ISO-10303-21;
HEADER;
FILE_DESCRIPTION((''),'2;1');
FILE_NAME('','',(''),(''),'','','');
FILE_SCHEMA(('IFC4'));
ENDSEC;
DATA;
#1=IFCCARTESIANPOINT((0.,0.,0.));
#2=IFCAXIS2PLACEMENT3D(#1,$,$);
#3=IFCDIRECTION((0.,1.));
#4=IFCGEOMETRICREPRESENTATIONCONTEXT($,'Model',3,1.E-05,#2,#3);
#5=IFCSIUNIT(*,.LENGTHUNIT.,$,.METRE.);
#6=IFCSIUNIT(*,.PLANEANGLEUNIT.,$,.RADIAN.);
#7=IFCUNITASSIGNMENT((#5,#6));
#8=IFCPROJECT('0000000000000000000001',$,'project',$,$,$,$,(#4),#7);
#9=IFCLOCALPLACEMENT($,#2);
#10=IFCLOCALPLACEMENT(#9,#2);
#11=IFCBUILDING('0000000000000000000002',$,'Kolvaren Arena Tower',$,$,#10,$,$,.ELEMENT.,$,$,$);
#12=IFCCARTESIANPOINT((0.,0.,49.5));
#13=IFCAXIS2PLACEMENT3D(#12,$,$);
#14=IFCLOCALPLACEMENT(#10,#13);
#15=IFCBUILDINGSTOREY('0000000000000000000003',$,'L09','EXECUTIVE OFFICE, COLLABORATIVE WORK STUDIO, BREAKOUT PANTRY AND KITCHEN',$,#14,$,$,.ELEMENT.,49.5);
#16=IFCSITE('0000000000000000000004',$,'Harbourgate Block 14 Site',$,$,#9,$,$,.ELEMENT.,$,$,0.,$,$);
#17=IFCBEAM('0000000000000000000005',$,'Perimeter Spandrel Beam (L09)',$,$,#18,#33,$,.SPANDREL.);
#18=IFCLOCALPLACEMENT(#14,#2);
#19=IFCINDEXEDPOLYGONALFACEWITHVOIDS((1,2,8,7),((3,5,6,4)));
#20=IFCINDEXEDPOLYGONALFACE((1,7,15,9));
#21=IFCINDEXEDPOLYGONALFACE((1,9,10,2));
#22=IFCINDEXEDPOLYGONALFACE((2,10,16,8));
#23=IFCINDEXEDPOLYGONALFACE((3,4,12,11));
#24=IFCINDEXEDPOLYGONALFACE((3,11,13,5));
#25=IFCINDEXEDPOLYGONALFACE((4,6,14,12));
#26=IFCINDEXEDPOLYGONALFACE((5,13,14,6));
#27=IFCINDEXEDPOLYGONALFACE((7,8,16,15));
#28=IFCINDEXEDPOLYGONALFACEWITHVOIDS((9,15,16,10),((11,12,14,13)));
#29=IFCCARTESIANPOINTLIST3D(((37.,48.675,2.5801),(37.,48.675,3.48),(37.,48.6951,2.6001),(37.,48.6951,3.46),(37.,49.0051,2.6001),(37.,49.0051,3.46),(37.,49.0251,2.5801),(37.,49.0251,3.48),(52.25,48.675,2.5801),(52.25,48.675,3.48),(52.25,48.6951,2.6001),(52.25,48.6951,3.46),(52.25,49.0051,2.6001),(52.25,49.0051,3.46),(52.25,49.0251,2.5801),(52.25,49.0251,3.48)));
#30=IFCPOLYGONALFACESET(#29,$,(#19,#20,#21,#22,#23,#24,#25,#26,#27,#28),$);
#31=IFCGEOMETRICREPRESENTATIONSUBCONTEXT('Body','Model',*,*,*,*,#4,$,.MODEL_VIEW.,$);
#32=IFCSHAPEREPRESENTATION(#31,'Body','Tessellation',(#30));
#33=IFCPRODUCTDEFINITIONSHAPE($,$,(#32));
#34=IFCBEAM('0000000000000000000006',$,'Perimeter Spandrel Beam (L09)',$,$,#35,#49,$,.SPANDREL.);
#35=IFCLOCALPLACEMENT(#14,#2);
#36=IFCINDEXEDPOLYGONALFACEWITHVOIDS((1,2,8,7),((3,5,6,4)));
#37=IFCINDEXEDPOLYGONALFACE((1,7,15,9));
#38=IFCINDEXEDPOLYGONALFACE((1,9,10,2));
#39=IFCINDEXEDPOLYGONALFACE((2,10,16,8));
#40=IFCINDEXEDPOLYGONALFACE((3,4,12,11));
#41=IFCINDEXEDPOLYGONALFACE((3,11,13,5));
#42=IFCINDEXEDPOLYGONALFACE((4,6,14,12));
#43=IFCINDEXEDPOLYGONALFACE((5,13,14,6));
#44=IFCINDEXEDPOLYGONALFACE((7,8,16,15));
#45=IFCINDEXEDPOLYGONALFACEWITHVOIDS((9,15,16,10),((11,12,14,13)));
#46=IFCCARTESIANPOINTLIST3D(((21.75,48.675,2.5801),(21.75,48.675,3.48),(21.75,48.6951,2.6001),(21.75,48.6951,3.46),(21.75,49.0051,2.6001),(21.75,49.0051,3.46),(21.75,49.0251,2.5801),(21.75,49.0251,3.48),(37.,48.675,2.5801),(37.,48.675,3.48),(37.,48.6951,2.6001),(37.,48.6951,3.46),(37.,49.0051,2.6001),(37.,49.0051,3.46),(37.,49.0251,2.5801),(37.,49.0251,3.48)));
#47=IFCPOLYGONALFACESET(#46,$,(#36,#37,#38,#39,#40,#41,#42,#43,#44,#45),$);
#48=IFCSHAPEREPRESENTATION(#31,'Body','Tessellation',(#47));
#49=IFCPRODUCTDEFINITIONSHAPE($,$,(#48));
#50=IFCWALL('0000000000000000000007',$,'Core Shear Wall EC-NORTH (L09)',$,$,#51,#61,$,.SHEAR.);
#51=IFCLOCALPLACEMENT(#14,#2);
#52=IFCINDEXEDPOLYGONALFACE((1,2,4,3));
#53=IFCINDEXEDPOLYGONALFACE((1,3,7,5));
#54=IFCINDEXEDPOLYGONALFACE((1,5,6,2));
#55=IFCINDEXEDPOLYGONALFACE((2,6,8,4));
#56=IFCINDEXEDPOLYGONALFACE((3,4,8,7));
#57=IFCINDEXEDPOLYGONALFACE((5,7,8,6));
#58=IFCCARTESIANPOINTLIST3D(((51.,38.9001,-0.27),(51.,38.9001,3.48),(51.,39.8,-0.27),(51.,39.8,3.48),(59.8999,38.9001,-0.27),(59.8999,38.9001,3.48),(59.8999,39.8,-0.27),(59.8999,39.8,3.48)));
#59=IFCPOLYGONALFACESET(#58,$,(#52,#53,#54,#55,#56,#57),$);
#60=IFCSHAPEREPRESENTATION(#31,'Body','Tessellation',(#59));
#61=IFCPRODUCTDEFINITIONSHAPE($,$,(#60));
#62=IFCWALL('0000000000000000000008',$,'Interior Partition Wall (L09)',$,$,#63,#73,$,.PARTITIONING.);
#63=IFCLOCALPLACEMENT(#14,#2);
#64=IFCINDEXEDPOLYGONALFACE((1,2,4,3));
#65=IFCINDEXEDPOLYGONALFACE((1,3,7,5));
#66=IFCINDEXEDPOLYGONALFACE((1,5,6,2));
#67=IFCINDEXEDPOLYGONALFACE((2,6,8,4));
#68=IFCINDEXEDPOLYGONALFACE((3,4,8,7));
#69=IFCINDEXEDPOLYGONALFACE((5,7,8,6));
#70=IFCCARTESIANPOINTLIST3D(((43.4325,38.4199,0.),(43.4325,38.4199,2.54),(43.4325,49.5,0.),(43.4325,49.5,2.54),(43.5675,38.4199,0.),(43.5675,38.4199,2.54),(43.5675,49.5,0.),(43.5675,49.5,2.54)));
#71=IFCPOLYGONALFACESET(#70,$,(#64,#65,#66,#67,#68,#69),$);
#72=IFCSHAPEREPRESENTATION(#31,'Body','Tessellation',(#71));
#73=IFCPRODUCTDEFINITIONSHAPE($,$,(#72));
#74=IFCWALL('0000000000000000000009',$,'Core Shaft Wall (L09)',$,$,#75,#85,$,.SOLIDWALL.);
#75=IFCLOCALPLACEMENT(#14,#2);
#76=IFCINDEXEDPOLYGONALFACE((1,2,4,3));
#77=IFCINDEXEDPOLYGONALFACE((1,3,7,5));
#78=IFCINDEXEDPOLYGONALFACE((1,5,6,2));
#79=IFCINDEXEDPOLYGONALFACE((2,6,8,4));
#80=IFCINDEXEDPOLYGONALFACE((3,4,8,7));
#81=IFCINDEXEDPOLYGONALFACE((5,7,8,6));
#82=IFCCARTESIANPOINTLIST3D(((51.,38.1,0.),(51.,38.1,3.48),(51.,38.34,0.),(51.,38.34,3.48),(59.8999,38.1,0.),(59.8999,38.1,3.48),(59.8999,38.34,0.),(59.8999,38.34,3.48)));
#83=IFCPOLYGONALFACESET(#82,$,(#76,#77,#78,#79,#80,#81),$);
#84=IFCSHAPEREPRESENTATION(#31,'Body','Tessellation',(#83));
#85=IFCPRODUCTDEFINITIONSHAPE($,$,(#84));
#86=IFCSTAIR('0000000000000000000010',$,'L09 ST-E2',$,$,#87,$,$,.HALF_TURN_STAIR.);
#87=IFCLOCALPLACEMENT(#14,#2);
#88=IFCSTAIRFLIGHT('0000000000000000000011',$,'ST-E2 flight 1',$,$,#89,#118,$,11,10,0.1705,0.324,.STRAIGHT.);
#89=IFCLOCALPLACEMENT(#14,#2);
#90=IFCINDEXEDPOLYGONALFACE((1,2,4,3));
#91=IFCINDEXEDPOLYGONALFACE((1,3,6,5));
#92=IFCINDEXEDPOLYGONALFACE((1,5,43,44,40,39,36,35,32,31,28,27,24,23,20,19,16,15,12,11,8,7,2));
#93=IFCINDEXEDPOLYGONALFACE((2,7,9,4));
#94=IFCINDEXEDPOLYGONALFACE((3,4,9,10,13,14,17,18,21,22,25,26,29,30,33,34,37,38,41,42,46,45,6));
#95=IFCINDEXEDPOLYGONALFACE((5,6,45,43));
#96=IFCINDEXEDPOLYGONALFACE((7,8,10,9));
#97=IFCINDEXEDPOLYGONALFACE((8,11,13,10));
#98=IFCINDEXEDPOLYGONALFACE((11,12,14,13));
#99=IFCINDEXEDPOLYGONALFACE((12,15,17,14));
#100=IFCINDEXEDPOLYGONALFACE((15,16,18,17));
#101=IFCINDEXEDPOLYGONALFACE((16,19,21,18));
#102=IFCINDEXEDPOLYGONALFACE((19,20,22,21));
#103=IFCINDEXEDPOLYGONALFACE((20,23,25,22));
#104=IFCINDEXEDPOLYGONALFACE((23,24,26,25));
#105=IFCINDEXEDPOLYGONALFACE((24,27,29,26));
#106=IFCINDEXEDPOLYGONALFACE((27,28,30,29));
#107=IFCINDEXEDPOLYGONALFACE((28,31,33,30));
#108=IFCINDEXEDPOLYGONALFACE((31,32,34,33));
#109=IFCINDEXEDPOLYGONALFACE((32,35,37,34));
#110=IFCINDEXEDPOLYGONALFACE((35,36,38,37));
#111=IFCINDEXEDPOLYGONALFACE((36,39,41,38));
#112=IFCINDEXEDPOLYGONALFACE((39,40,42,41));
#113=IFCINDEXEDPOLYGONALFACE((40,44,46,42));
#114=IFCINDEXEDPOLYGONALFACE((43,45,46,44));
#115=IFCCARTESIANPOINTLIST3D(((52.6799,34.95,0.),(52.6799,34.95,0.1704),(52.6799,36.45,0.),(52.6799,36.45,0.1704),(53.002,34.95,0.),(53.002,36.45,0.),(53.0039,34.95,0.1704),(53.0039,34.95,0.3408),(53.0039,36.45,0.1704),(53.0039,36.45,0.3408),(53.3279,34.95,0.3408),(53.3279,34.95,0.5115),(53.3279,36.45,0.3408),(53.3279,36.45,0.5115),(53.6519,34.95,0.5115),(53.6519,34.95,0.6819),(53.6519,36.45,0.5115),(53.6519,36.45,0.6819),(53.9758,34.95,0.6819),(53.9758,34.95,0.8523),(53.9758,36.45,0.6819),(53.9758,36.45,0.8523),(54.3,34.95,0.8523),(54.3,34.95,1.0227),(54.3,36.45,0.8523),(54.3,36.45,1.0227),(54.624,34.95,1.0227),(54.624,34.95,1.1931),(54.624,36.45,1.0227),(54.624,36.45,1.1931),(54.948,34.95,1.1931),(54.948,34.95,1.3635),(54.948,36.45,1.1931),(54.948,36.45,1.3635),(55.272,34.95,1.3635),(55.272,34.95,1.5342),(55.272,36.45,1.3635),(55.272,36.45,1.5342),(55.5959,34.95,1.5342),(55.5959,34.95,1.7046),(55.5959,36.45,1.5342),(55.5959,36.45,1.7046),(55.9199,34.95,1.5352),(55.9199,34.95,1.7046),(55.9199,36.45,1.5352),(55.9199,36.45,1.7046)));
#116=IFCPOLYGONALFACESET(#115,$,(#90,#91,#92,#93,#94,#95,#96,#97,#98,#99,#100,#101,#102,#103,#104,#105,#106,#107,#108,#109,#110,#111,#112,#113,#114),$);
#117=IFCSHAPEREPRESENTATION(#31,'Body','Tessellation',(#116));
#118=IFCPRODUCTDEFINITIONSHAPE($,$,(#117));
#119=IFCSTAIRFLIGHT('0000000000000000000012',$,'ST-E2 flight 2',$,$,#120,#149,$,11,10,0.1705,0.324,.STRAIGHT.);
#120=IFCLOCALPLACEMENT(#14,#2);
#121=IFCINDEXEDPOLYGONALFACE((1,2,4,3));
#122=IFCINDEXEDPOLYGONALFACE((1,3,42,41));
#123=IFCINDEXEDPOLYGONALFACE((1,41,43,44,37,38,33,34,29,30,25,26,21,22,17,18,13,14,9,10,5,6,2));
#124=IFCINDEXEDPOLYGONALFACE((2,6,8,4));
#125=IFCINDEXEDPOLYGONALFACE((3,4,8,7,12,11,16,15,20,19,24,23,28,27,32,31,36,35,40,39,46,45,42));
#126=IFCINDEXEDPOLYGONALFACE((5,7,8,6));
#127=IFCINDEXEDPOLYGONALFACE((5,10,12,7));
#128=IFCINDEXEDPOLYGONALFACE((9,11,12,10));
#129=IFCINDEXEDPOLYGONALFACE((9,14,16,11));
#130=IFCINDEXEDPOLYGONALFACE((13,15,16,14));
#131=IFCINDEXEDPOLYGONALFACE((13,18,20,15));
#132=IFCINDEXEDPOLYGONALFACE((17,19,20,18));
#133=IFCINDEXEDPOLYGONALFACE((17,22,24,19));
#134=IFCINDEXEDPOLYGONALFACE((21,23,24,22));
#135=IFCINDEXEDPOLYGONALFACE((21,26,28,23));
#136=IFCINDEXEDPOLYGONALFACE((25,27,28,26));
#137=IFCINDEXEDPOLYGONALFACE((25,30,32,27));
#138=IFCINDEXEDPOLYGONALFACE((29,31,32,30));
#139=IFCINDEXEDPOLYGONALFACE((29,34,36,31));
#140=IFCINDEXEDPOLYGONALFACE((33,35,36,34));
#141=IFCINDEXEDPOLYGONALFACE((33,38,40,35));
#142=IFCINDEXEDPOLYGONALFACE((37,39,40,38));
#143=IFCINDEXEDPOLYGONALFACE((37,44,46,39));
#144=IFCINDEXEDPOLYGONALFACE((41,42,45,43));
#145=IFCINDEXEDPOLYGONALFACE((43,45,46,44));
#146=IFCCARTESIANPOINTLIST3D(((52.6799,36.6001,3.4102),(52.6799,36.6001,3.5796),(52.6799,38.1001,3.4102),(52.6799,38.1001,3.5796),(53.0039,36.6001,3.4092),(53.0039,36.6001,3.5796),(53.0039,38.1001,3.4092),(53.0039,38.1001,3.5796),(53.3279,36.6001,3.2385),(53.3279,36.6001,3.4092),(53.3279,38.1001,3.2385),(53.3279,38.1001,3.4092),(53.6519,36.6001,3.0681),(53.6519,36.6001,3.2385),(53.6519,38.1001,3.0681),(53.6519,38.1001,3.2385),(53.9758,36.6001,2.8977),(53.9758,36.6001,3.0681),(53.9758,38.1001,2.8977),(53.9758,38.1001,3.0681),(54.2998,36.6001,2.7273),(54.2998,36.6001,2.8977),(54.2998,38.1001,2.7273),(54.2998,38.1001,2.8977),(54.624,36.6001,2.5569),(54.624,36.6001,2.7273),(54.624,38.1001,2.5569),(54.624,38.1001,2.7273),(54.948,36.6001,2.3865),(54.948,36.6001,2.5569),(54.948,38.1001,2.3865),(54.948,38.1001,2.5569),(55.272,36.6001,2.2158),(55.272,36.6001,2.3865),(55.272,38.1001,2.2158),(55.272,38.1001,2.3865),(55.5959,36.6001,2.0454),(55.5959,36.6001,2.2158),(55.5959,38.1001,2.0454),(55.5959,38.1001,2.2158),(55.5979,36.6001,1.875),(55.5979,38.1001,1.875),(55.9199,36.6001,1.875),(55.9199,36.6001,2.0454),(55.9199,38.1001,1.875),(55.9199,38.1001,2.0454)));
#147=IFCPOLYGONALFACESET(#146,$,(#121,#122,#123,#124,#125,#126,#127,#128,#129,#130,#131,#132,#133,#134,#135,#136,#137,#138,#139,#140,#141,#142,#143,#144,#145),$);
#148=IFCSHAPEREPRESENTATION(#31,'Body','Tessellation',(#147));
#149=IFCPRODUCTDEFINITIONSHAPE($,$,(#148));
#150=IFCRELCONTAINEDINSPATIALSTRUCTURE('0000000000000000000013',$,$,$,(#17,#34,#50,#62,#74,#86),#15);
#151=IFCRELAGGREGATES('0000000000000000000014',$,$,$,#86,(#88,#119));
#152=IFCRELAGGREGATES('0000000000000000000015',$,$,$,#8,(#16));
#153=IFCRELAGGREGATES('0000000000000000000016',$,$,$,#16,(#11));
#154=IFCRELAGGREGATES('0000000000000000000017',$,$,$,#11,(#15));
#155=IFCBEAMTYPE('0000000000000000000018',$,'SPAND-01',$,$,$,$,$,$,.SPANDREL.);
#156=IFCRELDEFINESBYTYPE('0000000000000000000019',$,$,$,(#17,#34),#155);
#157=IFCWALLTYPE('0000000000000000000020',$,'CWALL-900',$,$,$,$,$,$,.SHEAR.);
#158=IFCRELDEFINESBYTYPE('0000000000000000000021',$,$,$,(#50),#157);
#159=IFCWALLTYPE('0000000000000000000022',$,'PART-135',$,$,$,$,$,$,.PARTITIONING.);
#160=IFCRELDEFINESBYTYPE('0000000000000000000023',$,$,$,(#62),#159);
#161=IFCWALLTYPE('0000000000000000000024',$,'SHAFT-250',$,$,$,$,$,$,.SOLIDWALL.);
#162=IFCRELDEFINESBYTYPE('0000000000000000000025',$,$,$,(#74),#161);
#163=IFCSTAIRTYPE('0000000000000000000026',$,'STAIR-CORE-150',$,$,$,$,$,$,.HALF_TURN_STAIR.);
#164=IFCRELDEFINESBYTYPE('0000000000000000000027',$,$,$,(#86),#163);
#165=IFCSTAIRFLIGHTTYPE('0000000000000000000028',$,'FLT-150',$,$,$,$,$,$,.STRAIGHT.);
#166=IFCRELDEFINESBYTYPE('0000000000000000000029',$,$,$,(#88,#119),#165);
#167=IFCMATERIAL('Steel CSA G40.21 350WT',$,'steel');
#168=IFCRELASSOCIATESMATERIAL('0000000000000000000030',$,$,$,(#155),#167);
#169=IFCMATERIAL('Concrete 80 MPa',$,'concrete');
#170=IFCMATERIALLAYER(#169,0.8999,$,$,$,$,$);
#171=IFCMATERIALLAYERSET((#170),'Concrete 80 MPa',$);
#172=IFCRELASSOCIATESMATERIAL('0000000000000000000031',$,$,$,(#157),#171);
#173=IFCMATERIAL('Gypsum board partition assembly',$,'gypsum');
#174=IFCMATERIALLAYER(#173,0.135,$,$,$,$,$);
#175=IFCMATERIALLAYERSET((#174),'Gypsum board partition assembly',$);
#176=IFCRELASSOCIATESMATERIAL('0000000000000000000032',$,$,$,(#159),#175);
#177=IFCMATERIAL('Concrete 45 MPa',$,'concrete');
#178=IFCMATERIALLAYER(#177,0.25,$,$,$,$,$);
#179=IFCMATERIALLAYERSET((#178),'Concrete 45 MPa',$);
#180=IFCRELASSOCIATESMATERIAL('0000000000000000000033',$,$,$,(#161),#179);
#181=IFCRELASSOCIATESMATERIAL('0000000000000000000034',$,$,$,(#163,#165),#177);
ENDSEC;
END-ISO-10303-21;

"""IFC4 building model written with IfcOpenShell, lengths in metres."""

from ifc_helpers import new_model, si_unit, direction, frame, frame_2d, origin, origin_2d, place, context, subcontext, project, spatial, polyline, rectangle, hollow_rectangle, outline, extrude, material, layer, layer_set, material_profile, profile_set, type_object, element, aggregate, save


model = new_model("IFC4")

# Units and contexts
model_context = context("Model", 3, precision=1e-05, world=origin(), true_north=direction((0.0, 1.0)))
body_context = subcontext(model_context, "Body", "Model", "MODEL_VIEW")
ifc_project = project(units=[si_unit("LENGTHUNIT", "METRE"), si_unit("PLANEANGLEUNIT", "RADIAN")], contexts=[model_context])

# Site, building, storey
site_placement = place(None, origin())
site = spatial("IfcSite", under=ifc_project, at=site_placement, Name="Harbourgate Block 14 Site", CompositionType="ELEMENT", RefElevation=0.0)
building_placement = place(site_placement, origin())
building = spatial("IfcBuilding", under=site, at=building_placement, Name="Kolvaren Arena Tower", CompositionType="ELEMENT")
storey_placement = place(building_placement, frame((0.0, 0.0, 49.5)))
storey = spatial("IfcBuildingStorey", under=building, at=storey_placement, Name="L09", Description="EXECUTIVE OFFICE, COLLABORATIVE WORK STUDIO, BREAKOUT PANTRY AND KITCHEN", CompositionType="ELEMENT", Elevation=49.5)

# Beams
ifc_material_1 = material(Name="Steel CSA G40.21 350WT", Category="steel")
ifc_material_profile_1 = material_profile(ifc_material_1, hollow_rectangle(XDim=0.3501, YDim=0.8999, WallThickness=0.02, at=origin_2d()), Name="HSS 900x350x20")
ifc_profile_set_1 = profile_set([ifc_material_profile_1], Name="Steel CSA G40.21 350WT")
beam_type_1 = type_object("IfcBeamType", Name="SPAND-01", PredefinedType="SPANDREL", material=ifc_profile_set_1)
for number, where, z_axis, x_axis, name in (
    (1, (52.25, 48.8501, 3.03), (-1.0, 0.0, 0.0), (0.0, -1.0, 0.0), "Perimeter Spandrel Beam (L09)"),
    (2, (37.0, 48.8501, 3.03), (-1.0, 0.0, 0.0), (0.0, -1.0, 0.0), "Perimeter Spandrel Beam (L09)"),
):
    element("IfcBeam", number, at=place(storey_placement, frame(where, z_axis=z_axis, x_axis=x_axis)), inside=storey, type_object=beam_type_1, Name=name, PredefinedType="SPANDREL", context=body_context, shape_type="SweptSolid", body=[
        extrude(hollow_rectangle(XDim=0.3501, YDim=0.8999, WallThickness=0.02, at=origin_2d()), origin(), (0.0, 0.0, 1.0), 15.25),
    ])

# Walls
ifc_material_2 = material(Name="Concrete 80 MPa", Category="concrete")
ifc_layer_1 = layer(ifc_material_2, 0.8999)
ifc_layer_set_1 = layer_set([ifc_layer_1], Name="Concrete 80 MPa")
wall_type_1 = type_object("IfcWallType", Name="CWALL-900", PredefinedType="SHEAR", material=ifc_layer_set_1)
wall_1_placement = place(storey_placement, frame((51.0, 39.3501, -0.27), z_axis=(0.0, 0.0, 1.0), x_axis=(1.0, 0.0, 0.0)))
element("IfcWall", 3, at=wall_1_placement, inside=storey, type_object=wall_type_1, Name="Core Shear Wall EC-NORTH (L09)", PredefinedType="SHEAR", context=body_context, shape_type="SweptSolid", body=[
    extrude(rectangle(XDim=8.8999, YDim=0.8999, at=frame_2d((4.45, 0.0))), origin(), (0.0, 0.0, 1.0), 3.75),
])
ifc_material_3 = material(Name="Gypsum board partition assembly", Category="gypsum")
ifc_layer_2 = layer(ifc_material_3, 0.135)
ifc_layer_set_2 = layer_set([ifc_layer_2], Name="Gypsum board partition assembly")
wall_type_2 = type_object("IfcWallType", Name="PART-135", PredefinedType="PARTITIONING", material=ifc_layer_set_2)
wall_2_placement = place(storey_placement, frame((43.5, 38.4199, 0.0), z_axis=(0.0, 0.0, 1.0), x_axis=(0.0, 1.0, 0.0)))
element("IfcWall", 4, at=wall_2_placement, inside=storey, type_object=wall_type_2, Name="Interior Partition Wall (L09)", PredefinedType="PARTITIONING", context=body_context, shape_type="SweptSolid", body=[
    extrude(rectangle(XDim=11.0801, YDim=0.135, at=frame_2d((5.54, 0.0))), origin(), (0.0, 0.0, 1.0), 2.54),
])
ifc_material_4 = material(Name="Concrete 45 MPa", Category="concrete")
ifc_layer_3 = layer(ifc_material_4, 0.25)
ifc_layer_set_3 = layer_set([ifc_layer_3], Name="Concrete 45 MPa")
wall_type_3 = type_object("IfcWallType", Name="SHAFT-250", PredefinedType="SOLIDWALL", material=ifc_layer_set_3)
wall_3_placement = place(storey_placement, frame((51.0, 38.22, 0.0), z_axis=(0.0, 0.0, 1.0), x_axis=(1.0, 0.0, 0.0)))
element("IfcWall", 5, at=wall_3_placement, inside=storey, type_object=wall_type_3, Name="Core Shaft Wall (L09)", PredefinedType="SOLIDWALL", context=body_context, shape_type="SweptSolid", body=[
    extrude(rectangle(XDim=8.8999, YDim=0.24, at=frame_2d((4.45, 0.0))), origin(), (0.0, 0.0, 1.0), 3.48),
])

# Stair, stair flights
stair_type = type_object("IfcStairType", Name="STAIR-CORE-150", PredefinedType="HALF_TURN_STAIR", material=ifc_material_4)
stair_placement = place(storey_placement, origin())
stair = element("IfcStair", 6, at=stair_placement, inside=storey, type_object=stair_type, Name="L09 ST-E2", PredefinedType="HALF_TURN_STAIR")
stair_flight_type = type_object("IfcStairFlightType", Name="FLT-150", PredefinedType="STRAIGHT", material=ifc_material_4)
stair_flight_1_placement = place(storey_placement, frame((52.6799, 35.7, 0.0), z_axis=(0.0, 0.0, 1.0), x_axis=(1.0, 0.0, 0.0)))
stair_flight_1 = element("IfcStairFlight", 7, at=stair_flight_1_placement, type_object=stair_flight_type, Name="ST-E2 flight 1", NumberOfRisers=11, NumberOfTreads=10, PredefinedType="STRAIGHT", RiserHeight=0.1705, TreadLength=0.324, context=body_context, shape_type="SweptSolid", body=[
    extrude(outline(polyline([(0.0, 0.0), (0.0, 0.1704), (0.324, 0.1704), (0.324, 0.3408), (0.6479, 0.3408), (0.6479, 0.5115), (0.9719, 0.5115), (0.9719, 0.6819), (1.2959, 0.6819), (1.2959, 0.8523), (1.6201, 0.8523), (1.6201, 1.0227), (1.9441, 1.0227), (1.9441, 1.1931), (2.2681, 1.1931), (2.2681, 1.3635), (2.592, 1.3635), (2.592, 1.5342), (2.916, 1.5342), (2.916, 1.7046), (3.24, 1.7046), (3.24, 1.875), (3.24, 1.5352), (0.322, 0.0), (0.0, 0.0)])), frame((0.0, 0.75, 0.0), z_axis=(0.0, -1.0, 0.0), x_axis=(1.0, 0.0, 0.0)), (0.0, 0.0, 1.0), 1.5),
])
stair_flight_2_placement = place(storey_placement, frame((55.9199, 37.3501, 1.875), z_axis=(0.0, 0.0, 1.0), x_axis=(-1.0, 0.0, 0.0)))
stair_flight_2 = element("IfcStairFlight", 8, at=stair_flight_2_placement, type_object=stair_flight_type, Name="ST-E2 flight 2", NumberOfRisers=11, NumberOfTreads=10, PredefinedType="STRAIGHT", RiserHeight=0.1705, TreadLength=0.324, context=body_context, shape_type="SweptSolid", body=[
    extrude(outline(polyline([(0.0, 0.0), (0.0, 0.1704), (0.324, 0.1704), (0.324, 0.3408), (0.6479, 0.3408), (0.6479, 0.5115), (0.9719, 0.5115), (0.9719, 0.6819), (1.2959, 0.6819), (1.2959, 0.8523), (1.6201, 0.8523), (1.6201, 1.0227), (1.9441, 1.0227), (1.9441, 1.1931), (2.2681, 1.1931), (2.2681, 1.3635), (2.592, 1.3635), (2.592, 1.5342), (2.916, 1.5342), (2.916, 1.7046), (3.24, 1.7046), (3.24, 1.875), (3.24, 1.5352), (0.322, 0.0), (0.0, 0.0)])), frame((0.0, 0.75, 0.0), z_axis=(0.0, -1.0, 0.0), x_axis=(1.0, 0.0, 0.0)), (0.0, 0.0, 1.0), 1.5),
])
aggregate(stair, [stair_flight_1, stair_flight_2])

save(model, "model.ifc")
